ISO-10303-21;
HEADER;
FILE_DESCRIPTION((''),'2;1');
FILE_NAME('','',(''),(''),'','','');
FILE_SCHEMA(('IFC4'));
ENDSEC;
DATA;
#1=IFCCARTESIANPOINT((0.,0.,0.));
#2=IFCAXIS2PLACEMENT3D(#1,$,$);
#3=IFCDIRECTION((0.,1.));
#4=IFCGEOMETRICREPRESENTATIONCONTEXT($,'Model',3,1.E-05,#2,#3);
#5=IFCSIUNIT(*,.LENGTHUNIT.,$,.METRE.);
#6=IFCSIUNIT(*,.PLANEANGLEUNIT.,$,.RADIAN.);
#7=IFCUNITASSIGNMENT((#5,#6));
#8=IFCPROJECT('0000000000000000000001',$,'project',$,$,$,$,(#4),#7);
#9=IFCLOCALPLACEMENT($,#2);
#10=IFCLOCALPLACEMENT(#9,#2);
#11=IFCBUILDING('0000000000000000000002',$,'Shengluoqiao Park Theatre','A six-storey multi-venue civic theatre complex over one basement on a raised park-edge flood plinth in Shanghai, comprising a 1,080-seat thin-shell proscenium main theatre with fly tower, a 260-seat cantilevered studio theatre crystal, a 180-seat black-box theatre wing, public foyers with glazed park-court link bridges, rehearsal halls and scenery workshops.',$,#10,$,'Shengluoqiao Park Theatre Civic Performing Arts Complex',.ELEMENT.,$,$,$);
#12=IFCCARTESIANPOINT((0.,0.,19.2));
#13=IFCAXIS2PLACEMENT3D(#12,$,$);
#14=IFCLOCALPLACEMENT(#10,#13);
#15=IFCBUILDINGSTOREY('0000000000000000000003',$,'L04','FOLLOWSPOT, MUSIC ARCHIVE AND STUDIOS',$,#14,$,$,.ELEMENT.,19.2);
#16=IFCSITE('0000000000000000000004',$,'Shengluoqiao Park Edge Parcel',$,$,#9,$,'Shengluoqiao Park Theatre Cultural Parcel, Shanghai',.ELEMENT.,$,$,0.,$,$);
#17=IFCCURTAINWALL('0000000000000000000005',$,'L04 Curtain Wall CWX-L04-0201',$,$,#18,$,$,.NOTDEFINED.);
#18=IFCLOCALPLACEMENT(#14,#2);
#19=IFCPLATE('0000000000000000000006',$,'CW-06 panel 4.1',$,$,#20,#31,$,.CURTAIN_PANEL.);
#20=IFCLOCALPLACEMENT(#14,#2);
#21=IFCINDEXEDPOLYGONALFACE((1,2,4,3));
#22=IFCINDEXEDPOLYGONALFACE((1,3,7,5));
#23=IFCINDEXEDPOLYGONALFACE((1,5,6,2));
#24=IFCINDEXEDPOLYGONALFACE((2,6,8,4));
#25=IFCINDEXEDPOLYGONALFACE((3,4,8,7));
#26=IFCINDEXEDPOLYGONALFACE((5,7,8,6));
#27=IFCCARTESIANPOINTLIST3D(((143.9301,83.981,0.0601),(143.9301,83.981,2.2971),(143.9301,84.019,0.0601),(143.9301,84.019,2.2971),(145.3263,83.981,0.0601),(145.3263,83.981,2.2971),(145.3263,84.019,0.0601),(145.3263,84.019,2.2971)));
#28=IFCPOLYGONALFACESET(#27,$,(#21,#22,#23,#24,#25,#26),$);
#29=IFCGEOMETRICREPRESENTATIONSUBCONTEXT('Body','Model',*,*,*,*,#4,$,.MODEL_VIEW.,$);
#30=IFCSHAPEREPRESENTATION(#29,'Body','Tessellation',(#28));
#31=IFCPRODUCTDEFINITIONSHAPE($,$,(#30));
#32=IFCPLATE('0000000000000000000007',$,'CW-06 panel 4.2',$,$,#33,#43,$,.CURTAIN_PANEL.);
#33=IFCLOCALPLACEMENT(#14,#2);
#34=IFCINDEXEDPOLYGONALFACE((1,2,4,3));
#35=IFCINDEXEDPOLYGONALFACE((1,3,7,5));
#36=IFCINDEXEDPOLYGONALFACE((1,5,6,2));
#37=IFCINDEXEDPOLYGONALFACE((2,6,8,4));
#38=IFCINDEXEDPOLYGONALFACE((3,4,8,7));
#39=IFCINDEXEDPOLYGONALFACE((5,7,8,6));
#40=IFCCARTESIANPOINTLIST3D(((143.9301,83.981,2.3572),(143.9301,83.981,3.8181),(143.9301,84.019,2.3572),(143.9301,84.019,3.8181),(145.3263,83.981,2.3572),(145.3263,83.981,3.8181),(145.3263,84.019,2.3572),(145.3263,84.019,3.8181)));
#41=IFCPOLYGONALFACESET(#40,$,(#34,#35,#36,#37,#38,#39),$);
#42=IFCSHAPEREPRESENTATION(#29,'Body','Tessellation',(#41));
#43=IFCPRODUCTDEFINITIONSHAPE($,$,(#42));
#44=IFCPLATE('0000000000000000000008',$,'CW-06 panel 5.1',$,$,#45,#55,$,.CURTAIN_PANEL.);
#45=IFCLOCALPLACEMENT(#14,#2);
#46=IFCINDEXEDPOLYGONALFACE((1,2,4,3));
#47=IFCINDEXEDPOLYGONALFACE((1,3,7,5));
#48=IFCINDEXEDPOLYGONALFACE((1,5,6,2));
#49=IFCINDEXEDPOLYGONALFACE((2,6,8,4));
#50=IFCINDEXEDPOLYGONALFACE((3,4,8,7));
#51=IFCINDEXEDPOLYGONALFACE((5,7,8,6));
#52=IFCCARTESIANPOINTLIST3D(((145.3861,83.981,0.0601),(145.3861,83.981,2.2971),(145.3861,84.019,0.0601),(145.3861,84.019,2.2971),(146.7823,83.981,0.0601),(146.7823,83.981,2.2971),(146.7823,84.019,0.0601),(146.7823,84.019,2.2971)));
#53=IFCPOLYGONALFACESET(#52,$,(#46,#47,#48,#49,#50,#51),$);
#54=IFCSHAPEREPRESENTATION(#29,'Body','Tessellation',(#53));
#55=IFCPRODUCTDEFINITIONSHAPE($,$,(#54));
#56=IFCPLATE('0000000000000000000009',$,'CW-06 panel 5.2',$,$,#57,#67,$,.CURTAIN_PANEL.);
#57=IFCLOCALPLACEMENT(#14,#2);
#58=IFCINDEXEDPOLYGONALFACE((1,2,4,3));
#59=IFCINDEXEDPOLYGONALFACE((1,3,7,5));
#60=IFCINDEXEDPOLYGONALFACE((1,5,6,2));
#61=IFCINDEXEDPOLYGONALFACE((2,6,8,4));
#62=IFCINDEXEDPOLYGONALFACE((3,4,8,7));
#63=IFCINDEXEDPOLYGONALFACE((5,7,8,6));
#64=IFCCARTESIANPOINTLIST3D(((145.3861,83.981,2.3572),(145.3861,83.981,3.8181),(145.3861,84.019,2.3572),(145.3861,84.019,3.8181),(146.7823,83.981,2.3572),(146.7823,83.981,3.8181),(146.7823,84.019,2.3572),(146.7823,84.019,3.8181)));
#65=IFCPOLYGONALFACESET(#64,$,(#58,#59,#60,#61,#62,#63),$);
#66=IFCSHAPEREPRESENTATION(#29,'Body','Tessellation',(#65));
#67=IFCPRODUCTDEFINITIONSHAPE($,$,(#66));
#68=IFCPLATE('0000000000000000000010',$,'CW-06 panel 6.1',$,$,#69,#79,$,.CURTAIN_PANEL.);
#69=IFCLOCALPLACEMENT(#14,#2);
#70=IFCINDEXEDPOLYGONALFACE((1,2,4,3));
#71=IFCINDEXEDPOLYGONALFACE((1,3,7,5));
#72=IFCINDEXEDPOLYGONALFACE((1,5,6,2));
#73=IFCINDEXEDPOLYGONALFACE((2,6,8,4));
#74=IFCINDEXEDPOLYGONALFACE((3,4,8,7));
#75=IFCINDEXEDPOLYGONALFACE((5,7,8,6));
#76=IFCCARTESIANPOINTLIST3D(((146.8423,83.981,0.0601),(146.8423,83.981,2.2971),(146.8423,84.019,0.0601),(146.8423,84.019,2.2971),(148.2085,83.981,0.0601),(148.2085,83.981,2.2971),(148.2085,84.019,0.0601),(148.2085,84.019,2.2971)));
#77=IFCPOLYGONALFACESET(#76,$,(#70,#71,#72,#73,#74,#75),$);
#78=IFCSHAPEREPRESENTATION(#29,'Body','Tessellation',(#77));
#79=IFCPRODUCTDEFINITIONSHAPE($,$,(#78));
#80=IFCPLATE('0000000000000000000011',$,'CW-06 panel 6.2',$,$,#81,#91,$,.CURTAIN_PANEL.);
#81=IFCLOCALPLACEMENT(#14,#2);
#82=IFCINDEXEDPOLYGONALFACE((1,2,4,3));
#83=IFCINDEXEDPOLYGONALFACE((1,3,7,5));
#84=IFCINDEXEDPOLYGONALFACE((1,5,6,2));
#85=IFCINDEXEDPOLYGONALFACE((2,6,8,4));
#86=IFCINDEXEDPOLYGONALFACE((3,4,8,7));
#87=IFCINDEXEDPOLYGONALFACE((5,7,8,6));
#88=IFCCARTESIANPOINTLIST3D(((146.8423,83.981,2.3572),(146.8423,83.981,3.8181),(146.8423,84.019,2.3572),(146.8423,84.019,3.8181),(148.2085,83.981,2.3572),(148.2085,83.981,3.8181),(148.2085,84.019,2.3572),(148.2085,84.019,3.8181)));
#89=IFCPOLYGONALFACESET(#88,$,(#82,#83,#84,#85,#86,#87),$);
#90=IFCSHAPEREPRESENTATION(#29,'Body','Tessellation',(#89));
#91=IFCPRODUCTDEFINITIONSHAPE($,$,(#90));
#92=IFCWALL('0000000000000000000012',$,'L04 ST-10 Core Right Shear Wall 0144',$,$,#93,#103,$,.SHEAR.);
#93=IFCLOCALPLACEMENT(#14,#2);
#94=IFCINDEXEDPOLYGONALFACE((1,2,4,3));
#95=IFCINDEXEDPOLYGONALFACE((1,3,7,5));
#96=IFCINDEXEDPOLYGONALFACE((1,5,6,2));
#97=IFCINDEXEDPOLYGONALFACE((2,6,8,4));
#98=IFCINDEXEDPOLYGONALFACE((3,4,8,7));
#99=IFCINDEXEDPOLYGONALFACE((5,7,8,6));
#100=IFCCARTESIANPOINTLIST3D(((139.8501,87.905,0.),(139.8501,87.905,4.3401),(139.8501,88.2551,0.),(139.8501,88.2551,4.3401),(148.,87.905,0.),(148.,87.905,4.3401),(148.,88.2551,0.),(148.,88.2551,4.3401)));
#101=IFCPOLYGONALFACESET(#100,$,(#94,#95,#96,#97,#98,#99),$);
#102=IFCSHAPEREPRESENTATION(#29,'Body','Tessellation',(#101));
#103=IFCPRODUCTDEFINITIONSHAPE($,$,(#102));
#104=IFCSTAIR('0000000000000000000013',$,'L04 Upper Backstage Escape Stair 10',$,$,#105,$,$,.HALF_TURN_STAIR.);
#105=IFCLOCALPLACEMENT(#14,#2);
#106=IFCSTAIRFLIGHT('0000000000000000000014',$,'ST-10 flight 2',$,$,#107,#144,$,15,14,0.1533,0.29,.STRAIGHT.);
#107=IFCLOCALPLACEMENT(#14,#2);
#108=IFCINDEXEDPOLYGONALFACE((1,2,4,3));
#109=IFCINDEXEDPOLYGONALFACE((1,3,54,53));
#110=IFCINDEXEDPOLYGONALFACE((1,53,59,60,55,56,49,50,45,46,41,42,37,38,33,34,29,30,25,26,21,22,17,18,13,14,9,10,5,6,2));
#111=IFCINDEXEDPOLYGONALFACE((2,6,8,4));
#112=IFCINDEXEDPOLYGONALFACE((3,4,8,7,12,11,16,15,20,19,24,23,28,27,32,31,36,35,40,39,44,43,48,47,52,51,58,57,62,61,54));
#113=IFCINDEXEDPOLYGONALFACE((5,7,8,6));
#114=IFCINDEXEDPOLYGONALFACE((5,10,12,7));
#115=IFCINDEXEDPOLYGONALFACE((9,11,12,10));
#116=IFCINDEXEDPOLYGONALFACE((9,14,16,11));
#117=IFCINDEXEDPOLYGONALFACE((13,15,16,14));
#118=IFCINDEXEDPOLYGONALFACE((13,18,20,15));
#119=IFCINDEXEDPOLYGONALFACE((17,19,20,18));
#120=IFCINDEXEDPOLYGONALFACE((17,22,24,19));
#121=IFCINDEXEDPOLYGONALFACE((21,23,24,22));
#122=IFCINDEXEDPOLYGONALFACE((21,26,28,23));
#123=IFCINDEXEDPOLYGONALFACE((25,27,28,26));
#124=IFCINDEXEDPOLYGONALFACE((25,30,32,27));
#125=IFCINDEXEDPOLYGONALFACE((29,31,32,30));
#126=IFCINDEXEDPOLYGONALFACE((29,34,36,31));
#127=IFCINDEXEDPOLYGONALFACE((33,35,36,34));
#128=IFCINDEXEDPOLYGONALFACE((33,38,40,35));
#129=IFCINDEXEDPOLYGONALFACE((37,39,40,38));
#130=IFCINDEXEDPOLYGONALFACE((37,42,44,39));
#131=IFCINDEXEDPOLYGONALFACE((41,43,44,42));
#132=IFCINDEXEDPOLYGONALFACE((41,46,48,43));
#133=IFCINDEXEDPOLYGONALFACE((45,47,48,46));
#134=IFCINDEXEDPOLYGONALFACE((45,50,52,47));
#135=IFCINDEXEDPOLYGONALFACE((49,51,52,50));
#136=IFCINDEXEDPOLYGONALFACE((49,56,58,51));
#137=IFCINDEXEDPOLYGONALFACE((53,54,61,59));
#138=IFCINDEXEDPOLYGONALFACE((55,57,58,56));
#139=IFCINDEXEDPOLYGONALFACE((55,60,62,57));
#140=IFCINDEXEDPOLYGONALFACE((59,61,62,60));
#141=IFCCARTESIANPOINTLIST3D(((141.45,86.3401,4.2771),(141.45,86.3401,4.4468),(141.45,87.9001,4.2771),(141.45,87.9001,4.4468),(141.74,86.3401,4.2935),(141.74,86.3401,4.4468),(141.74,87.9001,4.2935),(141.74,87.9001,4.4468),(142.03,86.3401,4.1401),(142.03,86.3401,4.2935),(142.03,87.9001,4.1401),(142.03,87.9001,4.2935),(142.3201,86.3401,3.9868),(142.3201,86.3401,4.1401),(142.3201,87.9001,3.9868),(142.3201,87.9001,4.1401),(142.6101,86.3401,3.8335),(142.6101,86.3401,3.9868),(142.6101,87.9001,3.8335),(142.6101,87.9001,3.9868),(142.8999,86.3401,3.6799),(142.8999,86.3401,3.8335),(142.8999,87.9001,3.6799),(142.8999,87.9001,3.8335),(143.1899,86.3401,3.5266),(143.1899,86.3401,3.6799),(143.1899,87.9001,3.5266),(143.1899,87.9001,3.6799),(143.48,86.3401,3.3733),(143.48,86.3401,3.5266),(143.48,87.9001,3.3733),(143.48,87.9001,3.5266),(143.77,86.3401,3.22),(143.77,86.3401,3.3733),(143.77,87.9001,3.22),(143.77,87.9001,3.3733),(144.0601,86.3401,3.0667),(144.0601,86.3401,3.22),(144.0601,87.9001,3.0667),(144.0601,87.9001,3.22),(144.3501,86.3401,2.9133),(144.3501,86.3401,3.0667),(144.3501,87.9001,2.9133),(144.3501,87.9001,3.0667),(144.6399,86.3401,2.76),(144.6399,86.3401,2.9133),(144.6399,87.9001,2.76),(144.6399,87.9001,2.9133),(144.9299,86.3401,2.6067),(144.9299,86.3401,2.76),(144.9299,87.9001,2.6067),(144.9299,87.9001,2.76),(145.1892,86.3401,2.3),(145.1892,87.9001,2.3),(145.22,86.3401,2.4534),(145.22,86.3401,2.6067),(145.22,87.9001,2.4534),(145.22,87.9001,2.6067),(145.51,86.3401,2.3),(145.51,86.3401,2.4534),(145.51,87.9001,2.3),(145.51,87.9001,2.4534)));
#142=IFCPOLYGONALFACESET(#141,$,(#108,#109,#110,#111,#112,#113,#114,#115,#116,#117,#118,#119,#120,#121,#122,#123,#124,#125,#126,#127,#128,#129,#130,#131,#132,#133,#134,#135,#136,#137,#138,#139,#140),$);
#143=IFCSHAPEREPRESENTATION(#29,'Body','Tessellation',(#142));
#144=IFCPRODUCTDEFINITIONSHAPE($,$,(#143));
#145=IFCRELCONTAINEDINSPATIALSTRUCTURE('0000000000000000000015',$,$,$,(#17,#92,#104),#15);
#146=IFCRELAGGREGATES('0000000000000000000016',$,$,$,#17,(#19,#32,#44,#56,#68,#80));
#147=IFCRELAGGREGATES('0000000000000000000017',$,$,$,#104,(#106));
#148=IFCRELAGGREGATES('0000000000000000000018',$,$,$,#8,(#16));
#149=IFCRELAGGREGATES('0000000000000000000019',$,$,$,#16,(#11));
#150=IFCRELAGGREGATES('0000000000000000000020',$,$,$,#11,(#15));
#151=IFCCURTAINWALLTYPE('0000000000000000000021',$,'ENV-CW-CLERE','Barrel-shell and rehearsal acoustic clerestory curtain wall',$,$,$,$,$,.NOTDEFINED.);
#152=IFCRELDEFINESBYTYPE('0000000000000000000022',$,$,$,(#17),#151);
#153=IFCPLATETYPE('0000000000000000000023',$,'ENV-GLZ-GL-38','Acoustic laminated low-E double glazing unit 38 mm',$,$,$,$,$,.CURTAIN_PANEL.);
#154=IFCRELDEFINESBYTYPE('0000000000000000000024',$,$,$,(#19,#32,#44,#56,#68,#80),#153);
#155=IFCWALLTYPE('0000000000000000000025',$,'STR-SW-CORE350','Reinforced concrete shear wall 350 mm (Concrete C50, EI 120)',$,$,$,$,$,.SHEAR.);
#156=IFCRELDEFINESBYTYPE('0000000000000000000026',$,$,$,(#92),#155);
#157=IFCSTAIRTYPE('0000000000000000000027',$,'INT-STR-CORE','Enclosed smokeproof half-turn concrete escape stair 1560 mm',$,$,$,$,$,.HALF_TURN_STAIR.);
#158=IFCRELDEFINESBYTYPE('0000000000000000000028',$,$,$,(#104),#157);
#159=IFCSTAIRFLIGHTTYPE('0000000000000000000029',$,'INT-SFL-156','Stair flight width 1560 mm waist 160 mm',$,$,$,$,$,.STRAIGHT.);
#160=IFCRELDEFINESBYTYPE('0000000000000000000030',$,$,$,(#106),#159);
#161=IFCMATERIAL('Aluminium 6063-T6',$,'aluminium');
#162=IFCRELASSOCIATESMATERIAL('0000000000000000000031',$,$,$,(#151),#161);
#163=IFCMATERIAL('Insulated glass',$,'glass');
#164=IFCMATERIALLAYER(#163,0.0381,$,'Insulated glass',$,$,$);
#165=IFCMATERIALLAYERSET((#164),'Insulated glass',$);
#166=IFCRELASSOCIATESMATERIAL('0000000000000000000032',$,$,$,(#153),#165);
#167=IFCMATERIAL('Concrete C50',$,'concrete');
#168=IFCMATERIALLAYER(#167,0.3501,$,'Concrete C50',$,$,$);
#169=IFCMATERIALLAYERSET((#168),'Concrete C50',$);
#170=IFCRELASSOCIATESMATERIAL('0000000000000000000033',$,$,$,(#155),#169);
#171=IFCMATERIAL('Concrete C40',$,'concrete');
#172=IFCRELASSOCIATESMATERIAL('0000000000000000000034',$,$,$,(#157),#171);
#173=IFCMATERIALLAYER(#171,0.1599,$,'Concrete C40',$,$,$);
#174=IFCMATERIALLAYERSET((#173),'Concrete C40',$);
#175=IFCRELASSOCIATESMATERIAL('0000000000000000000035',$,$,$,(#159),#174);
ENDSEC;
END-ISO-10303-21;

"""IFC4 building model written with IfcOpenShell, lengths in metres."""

from ifc_helpers import new_model, si_unit, direction, frame, frame_2d, origin, origin_2d, place, context, subcontext, project, spatial, polyline, rectangle, outline, extrude, material, layer, layer_set, type_object, element, aggregate, save


model = new_model("IFC4")

# Units and contexts
model_context = context("Model", 3, precision=1e-05, world=origin(), true_north=direction((0.0, 1.0)))
body_context = subcontext(model_context, "Body", "Model", "MODEL_VIEW")
ifc_project = project(units=[si_unit("LENGTHUNIT", "METRE"), si_unit("PLANEANGLEUNIT", "RADIAN")], contexts=[model_context])

# Site, building, storey
site_placement = place(None, origin())
site = spatial("IfcSite", under=ifc_project, at=site_placement, Name="Shengluoqiao Park Edge Parcel", LongName="Shengluoqiao Park Theatre Cultural Parcel, Shanghai", CompositionType="ELEMENT", RefElevation=0.0)
building_placement = place(site_placement, origin())
building = spatial("IfcBuilding", under=site, at=building_placement, Name="Shengluoqiao Park Theatre", Description="A six-storey multi-venue civic theatre complex over one basement on a raised park-edge flood plinth in Shanghai, comprising a 1,080-seat thin-shell proscenium main theatre with fly tower, a 260-seat cantilevered studio theatre crystal, a 180-seat black-box theatre wing, public foyers with glazed park-court link bridges, rehearsal halls and scenery workshops.", LongName="Shengluoqiao Park Theatre Civic Performing Arts Complex", CompositionType="ELEMENT")
storey_placement = place(building_placement, frame((0.0, 0.0, 19.2)))
storey = spatial("IfcBuildingStorey", under=building, at=storey_placement, Name="L04", Description="FOLLOWSPOT, MUSIC ARCHIVE AND STUDIOS", CompositionType="ELEMENT", Elevation=19.2)

# Curtain wall
ifc_material_1 = material(Name="Aluminium 6063-T6", Category="aluminium")
curtain_wall_type = type_object("IfcCurtainWallType", Name="ENV-CW-CLERE", Description="Barrel-shell and rehearsal acoustic clerestory curtain wall", PredefinedType="NOTDEFINED", material=ifc_material_1)
curtain_wall_placement = place(storey_placement, origin())
curtain_wall = element("IfcCurtainWall", 1, at=curtain_wall_placement, inside=storey, type_object=curtain_wall_type, Name="L04 Curtain Wall CWX-L04-0201", PredefinedType="NOTDEFINED")

# Plates
ifc_material_2 = material(Name="Insulated glass", Category="glass")
ifc_layer_1 = layer(ifc_material_2, 0.0381, Name="Insulated glass")
ifc_layer_set_1 = layer_set([ifc_layer_1], Name="Insulated glass")
plate_type = type_object("IfcPlateType", Name="ENV-GLZ-GL-38", Description="Acoustic laminated low-E double glazing unit 38 mm", PredefinedType="CURTAIN_PANEL", material=ifc_layer_set_1)
plate_1_placement = place(storey_placement, frame((144.6282, 84.0, 0.0601), z_axis=(0.0, 0.0, 1.0), x_axis=(1.0, 0.0, 0.0)))
plate_1 = element("IfcPlate", 2, at=plate_1_placement, type_object=plate_type, Name="CW-06 panel 4.1", PredefinedType="CURTAIN_PANEL", context=body_context, shape_type="SweptSolid", body=[
    extrude(rectangle(XDim=1.3962, YDim=0.0381, at=origin_2d()), origin(), (0.0, 0.0, 1.0), 2.2371),
])
plate_2_placement = place(storey_placement, frame((144.6282, 84.0, 2.3572), z_axis=(0.0, 0.0, 1.0), x_axis=(1.0, 0.0, 0.0)))
plate_2 = element("IfcPlate", 3, at=plate_2_placement, type_object=plate_type, Name="CW-06 panel 4.2", PredefinedType="CURTAIN_PANEL", context=body_context, shape_type="SweptSolid", body=[
    extrude(rectangle(XDim=1.3962, YDim=0.0381, at=origin_2d()), origin(), (0.0, 0.0, 1.0), 1.4609),
])
plate_3_placement = place(storey_placement, frame((146.0842, 84.0, 0.0601), z_axis=(0.0, 0.0, 1.0), x_axis=(1.0, 0.0, 0.0)))
plate_3 = element("IfcPlate", 4, at=plate_3_placement, type_object=plate_type, Name="CW-06 panel 5.1", PredefinedType="CURTAIN_PANEL", context=body_context, shape_type="SweptSolid", body=[
    extrude(rectangle(XDim=1.3962, YDim=0.0381, at=origin_2d()), origin(), (0.0, 0.0, 1.0), 2.2371),
])
plate_4_placement = place(storey_placement, frame((146.0842, 84.0, 2.3572), z_axis=(0.0, 0.0, 1.0), x_axis=(1.0, 0.0, 0.0)))
plate_4 = element("IfcPlate", 5, at=plate_4_placement, type_object=plate_type, Name="CW-06 panel 5.2", PredefinedType="CURTAIN_PANEL", context=body_context, shape_type="SweptSolid", body=[
    extrude(rectangle(XDim=1.3962, YDim=0.0381, at=origin_2d()), origin(), (0.0, 0.0, 1.0), 1.4609),
])
plate_5_placement = place(storey_placement, frame((147.5254, 84.0, 0.0601), z_axis=(0.0, 0.0, 1.0), x_axis=(1.0, 0.0, 0.0)))
plate_5 = element("IfcPlate", 6, at=plate_5_placement, type_object=plate_type, Name="CW-06 panel 6.1", PredefinedType="CURTAIN_PANEL", context=body_context, shape_type="SweptSolid", body=[
    extrude(rectangle(XDim=1.3662, YDim=0.0381, at=origin_2d()), origin(), (0.0, 0.0, 1.0), 2.2371),
])
plate_6_placement = place(storey_placement, frame((147.5254, 84.0, 2.3572), z_axis=(0.0, 0.0, 1.0), x_axis=(1.0, 0.0, 0.0)))
plate_6 = element("IfcPlate", 7, at=plate_6_placement, type_object=plate_type, Name="CW-06 panel 6.2", PredefinedType="CURTAIN_PANEL", context=body_context, shape_type="SweptSolid", body=[
    extrude(rectangle(XDim=1.3662, YDim=0.0381, at=origin_2d()), origin(), (0.0, 0.0, 1.0), 1.4609),
])
aggregate(curtain_wall, [plate_1, plate_2, plate_3, plate_4, plate_5, plate_6])

# Wall
ifc_material_3 = material(Name="Concrete C50", Category="concrete")
ifc_layer_2 = layer(ifc_material_3, 0.3501, Name="Concrete C50")
ifc_layer_set_2 = layer_set([ifc_layer_2], Name="Concrete C50")
wall_type = type_object("IfcWallType", Name="STR-SW-CORE350", Description="Reinforced concrete shear wall 350 mm (Concrete C50, EI 120)", PredefinedType="SHEAR", material=ifc_layer_set_2)
wall_placement = place(storey_placement, frame((148.0, 88.0801, 0.0), z_axis=(0.0, 0.0, 1.0), x_axis=(-1.0, 0.0, 0.0)))
element("IfcWall", 8, at=wall_placement, inside=storey, type_object=wall_type, Name="L04 ST-10 Core Right Shear Wall 0144", PredefinedType="SHEAR", context=body_context, shape_type="SweptSolid", body=[
    extrude(rectangle(XDim=8.1499, YDim=0.3501, at=frame_2d((4.075, 0.0))), origin(), (0.0, 0.0, 1.0), 4.3401),
])

# Stair, stair flight
ifc_material_4 = material(Name="Concrete C40", Category="concrete")
stair_type = type_object("IfcStairType", Name="INT-STR-CORE", Description="Enclosed smokeproof half-turn concrete escape stair 1560 mm", PredefinedType="HALF_TURN_STAIR", material=ifc_material_4)
stair_placement = place(storey_placement, origin())
stair = element("IfcStair", 9, at=stair_placement, inside=storey, type_object=stair_type, Name="L04 Upper Backstage Escape Stair 10", PredefinedType="HALF_TURN_STAIR")
ifc_layer_3 = layer(ifc_material_4, 0.1599, Name="Concrete C40")
ifc_layer_set_3 = layer_set([ifc_layer_3], Name="Concrete C40")
stair_flight_type = type_object("IfcStairFlightType", Name="INT-SFL-156", Description="Stair flight width 1560 mm waist 160 mm", PredefinedType="STRAIGHT", material=ifc_layer_set_3)
stair_flight_placement = place(storey_placement, frame((145.51, 87.1201, 2.3), z_axis=(0.0, 0.0, 1.0), x_axis=(-1.0, 0.0, 0.0)))
stair_flight = element("IfcStairFlight", 10, at=stair_flight_placement, type_object=stair_flight_type, Name="ST-10 flight 2", NumberOfRisers=15, NumberOfTreads=14, PredefinedType="STRAIGHT", RiserHeight=0.1533, TreadLength=0.29, context=body_context, shape_type="SweptSolid", body=[
    extrude(outline(polyline([(0.0, 0.0), (0.0, 0.1533), (0.29, 0.1533), (0.29, 0.3066), (0.5801, 0.3066), (0.5801, 0.46), (0.8701, 0.46), (0.8701, 0.6133), (1.1599, 0.6133), (1.1599, 0.7666), (1.45, 0.7666), (1.45, 0.9199), (1.74, 0.9199), (1.74, 1.0732), (2.03, 1.0732), (2.03, 1.2266), (2.3201, 1.2266), (2.3201, 1.3799), (2.6101, 1.3799), (2.6101, 1.5334), (2.8999, 1.5334), (2.8999, 1.6868), (3.1899, 1.6868), (3.1899, 1.8401), (3.48, 1.8401), (3.48, 1.9934), (3.77, 1.9934), (3.77, 2.1467), (4.0601, 2.1467), (4.0601, 2.3), (4.0601, 1.9771), (0.3208, 0.0), (0.0, 0.0)])), frame((0.0, 0.78, 0.0), z_axis=(0.0, -1.0, 0.0), x_axis=(1.0, 0.0, 0.0)), (0.0, 0.0, 1.0), 1.5601),
])
aggregate(stair, [stair_flight])

save(model, "model.ifc")
